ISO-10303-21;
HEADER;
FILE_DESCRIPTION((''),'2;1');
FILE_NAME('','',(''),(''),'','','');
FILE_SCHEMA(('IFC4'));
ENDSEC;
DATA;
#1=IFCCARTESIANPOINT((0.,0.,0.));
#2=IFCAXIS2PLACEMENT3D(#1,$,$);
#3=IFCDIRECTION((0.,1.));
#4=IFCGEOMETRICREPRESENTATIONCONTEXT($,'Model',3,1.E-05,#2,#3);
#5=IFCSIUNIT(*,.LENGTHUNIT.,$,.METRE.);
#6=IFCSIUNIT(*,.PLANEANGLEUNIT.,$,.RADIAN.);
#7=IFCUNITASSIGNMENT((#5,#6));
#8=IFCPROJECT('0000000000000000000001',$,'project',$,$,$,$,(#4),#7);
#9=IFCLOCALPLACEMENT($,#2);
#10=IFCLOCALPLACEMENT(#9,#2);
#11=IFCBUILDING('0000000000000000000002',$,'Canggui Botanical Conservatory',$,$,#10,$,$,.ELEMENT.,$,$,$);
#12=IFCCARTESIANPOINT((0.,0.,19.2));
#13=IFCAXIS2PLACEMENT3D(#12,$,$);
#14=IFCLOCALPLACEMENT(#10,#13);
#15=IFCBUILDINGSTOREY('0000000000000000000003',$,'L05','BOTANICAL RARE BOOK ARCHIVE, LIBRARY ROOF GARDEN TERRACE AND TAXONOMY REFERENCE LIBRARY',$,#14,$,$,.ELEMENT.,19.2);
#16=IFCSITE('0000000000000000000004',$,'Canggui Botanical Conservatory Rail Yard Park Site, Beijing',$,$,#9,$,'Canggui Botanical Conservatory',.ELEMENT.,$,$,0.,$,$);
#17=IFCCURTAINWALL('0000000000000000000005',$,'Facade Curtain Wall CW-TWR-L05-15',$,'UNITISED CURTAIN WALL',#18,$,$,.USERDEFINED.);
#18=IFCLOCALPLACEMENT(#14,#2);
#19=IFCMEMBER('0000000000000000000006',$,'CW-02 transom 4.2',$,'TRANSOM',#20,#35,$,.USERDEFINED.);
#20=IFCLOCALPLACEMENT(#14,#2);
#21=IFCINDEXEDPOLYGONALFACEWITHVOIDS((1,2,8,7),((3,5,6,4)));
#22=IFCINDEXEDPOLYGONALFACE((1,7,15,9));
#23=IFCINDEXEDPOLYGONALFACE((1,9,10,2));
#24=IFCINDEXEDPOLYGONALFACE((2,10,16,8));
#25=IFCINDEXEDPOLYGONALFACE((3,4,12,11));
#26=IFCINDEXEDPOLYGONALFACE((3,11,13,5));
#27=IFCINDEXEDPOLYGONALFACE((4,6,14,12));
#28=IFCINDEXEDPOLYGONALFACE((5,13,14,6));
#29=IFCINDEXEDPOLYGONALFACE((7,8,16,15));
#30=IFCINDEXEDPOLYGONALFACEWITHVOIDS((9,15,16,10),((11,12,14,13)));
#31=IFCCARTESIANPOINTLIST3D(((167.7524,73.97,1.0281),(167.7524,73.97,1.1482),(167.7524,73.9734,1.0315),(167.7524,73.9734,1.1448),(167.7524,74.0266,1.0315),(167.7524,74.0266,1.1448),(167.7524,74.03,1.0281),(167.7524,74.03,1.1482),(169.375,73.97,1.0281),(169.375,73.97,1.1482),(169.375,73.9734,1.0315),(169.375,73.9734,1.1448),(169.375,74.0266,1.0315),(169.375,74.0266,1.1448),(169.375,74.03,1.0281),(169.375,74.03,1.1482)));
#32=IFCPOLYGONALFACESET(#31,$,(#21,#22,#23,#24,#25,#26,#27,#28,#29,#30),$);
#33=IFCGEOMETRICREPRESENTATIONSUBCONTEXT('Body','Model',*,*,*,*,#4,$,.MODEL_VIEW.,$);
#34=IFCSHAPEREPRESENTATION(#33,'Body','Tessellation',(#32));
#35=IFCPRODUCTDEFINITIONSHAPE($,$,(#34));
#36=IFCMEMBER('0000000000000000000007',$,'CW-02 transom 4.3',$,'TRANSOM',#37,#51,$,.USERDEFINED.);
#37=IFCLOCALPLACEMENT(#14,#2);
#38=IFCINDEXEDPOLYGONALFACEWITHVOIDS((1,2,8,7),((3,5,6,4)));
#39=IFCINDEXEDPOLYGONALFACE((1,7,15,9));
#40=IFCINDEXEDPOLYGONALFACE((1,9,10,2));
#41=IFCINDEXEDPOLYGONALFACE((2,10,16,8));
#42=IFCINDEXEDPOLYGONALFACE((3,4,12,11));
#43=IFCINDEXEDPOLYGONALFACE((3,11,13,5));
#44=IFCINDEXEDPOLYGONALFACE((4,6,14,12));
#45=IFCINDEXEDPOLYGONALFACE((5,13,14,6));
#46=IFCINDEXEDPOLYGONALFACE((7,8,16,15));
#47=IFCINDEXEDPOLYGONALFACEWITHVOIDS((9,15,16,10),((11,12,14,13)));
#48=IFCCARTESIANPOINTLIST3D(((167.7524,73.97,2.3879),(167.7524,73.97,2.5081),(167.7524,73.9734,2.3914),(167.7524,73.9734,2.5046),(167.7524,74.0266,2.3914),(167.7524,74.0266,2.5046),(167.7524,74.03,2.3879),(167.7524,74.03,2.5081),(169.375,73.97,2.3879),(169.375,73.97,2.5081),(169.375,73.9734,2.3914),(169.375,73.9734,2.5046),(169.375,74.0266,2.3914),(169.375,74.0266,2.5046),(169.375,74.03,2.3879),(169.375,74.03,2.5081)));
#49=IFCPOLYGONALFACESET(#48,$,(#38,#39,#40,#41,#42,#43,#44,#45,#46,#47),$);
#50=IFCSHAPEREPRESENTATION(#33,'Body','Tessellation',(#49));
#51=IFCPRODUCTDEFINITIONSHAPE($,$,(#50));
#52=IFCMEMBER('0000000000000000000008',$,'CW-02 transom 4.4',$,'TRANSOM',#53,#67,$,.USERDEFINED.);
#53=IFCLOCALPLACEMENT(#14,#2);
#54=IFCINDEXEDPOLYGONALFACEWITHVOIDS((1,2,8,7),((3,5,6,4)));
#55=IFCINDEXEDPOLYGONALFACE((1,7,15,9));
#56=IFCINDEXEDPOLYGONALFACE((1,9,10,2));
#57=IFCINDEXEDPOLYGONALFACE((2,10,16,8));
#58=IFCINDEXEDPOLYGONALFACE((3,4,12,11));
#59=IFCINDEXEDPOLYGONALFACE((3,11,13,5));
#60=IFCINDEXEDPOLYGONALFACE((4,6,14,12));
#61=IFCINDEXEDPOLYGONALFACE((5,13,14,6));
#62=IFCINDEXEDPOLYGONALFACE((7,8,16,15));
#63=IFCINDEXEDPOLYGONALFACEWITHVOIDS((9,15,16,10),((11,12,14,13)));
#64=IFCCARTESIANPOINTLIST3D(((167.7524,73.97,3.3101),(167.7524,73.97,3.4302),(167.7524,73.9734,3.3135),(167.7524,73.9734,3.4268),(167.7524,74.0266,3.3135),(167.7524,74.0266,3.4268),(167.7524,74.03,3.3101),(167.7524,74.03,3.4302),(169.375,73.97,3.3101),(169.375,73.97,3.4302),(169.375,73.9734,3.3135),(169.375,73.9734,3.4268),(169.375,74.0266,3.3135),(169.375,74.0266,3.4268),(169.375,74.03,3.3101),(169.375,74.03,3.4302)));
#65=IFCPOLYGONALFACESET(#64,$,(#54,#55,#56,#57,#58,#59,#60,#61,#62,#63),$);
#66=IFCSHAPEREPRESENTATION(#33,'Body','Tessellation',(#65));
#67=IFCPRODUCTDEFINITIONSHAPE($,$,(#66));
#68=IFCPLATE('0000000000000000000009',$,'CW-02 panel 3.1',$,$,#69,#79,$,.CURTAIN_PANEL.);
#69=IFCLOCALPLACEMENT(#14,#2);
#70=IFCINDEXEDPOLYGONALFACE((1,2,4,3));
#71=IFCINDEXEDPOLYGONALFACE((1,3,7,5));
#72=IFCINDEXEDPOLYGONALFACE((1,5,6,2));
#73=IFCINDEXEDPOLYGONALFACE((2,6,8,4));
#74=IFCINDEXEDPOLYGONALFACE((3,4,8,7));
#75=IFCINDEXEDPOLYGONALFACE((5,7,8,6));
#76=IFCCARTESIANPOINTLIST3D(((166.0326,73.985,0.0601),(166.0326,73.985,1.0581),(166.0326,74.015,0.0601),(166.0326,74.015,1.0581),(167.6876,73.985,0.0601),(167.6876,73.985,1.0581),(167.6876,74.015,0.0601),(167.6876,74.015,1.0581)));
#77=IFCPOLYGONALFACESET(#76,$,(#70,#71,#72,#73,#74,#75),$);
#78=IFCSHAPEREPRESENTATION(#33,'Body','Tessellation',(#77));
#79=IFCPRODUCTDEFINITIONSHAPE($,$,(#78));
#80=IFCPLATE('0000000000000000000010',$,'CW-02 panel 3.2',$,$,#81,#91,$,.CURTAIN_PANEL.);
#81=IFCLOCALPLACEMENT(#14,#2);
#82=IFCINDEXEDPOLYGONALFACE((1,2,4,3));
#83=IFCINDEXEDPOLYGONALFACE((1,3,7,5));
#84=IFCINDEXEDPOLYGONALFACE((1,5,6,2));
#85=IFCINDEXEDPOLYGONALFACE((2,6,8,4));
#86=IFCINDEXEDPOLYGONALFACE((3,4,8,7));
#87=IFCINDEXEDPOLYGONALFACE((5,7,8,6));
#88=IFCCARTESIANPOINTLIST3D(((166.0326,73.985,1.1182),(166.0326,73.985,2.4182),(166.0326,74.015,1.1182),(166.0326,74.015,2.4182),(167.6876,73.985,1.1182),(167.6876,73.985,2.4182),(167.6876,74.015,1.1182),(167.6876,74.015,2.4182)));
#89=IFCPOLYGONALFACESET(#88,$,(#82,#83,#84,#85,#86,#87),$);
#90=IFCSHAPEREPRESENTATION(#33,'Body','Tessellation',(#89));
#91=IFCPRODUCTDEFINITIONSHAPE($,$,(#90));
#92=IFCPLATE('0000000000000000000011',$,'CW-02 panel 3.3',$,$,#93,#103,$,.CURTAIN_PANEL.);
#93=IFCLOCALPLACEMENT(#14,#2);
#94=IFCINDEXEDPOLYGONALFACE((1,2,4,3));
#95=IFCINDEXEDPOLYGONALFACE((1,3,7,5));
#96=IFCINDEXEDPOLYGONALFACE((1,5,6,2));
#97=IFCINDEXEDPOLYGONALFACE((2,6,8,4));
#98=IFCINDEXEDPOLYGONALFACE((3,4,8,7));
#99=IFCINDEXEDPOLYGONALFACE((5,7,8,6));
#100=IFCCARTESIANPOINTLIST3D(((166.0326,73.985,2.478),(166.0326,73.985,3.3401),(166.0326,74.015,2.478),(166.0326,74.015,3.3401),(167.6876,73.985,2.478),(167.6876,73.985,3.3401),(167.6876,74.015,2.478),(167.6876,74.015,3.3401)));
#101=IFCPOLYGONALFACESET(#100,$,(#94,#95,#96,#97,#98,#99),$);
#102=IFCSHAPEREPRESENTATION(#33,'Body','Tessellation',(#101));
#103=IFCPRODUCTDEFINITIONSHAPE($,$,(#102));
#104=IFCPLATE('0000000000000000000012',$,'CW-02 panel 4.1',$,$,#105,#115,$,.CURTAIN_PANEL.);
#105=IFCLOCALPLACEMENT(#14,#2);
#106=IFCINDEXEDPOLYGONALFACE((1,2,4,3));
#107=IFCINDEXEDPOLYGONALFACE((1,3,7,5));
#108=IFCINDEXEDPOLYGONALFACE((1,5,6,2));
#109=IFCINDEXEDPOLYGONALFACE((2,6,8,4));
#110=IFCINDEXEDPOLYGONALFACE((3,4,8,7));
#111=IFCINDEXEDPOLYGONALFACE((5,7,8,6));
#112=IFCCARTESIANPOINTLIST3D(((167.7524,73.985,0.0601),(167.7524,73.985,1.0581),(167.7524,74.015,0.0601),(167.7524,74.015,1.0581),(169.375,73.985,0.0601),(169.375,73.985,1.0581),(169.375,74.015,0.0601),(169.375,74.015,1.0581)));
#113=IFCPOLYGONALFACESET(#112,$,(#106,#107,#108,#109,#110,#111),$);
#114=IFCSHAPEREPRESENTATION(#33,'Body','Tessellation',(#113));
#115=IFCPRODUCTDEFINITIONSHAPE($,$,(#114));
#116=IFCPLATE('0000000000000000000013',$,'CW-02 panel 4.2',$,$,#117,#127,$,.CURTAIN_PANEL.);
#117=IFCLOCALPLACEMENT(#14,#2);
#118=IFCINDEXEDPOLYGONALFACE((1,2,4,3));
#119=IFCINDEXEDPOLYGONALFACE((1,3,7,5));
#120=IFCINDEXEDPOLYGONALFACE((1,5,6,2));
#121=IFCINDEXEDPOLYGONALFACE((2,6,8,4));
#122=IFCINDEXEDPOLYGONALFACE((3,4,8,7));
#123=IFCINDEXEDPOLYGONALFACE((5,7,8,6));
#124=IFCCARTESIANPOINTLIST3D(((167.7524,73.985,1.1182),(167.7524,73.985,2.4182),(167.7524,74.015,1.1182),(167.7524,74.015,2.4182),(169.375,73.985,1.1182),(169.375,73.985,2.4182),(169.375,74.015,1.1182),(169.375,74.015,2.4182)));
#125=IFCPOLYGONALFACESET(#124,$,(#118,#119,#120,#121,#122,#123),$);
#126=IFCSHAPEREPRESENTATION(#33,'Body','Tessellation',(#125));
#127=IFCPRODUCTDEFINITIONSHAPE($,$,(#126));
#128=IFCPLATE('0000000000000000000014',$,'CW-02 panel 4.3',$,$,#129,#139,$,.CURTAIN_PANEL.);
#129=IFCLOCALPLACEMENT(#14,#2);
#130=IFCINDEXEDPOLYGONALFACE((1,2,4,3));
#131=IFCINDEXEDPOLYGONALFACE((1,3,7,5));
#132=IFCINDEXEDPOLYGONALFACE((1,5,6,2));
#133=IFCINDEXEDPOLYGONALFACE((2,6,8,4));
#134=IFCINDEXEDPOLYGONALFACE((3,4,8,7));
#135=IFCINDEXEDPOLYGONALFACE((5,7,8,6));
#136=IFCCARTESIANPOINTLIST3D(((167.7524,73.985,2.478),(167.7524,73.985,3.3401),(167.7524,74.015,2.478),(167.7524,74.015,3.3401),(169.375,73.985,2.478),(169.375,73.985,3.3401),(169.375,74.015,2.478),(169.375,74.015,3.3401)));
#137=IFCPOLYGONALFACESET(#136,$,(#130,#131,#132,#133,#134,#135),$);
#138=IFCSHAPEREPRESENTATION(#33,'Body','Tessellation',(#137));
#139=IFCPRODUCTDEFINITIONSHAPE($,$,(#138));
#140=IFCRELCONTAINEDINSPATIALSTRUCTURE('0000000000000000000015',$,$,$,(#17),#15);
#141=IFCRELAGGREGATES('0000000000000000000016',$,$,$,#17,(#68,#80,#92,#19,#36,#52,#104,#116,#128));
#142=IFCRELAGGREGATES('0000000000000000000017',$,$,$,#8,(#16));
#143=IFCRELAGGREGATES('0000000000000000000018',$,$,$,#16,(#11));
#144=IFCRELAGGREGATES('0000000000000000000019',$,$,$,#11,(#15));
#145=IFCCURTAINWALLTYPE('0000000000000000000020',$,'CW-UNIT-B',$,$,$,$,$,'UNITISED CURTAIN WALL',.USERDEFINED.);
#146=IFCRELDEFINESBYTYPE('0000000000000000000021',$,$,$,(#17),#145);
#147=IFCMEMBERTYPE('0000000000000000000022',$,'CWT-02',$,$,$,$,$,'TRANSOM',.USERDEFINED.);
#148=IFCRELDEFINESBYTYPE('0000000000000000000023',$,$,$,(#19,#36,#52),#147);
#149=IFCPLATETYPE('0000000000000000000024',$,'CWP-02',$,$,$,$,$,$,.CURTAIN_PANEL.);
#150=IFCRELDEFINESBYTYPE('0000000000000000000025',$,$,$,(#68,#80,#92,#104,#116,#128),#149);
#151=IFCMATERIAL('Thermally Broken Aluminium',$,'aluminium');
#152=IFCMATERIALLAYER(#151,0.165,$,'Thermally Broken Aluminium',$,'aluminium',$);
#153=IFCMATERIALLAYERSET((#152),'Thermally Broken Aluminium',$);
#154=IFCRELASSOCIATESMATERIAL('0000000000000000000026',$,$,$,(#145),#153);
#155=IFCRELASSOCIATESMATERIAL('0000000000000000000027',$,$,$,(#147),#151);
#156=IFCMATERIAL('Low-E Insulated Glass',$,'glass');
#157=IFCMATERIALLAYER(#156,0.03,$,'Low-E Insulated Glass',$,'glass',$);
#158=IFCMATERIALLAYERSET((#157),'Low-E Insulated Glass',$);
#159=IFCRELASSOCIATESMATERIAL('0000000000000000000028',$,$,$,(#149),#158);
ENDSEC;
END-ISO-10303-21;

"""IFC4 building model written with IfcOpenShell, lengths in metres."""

from ifc_helpers import new_model, si_unit, direction, frame, origin, origin_2d, place, context, subcontext, project, spatial, rectangle, hollow_rectangle, extrude, material, layer, layer_set, material_profile, profile_set, type_object, element, aggregate, save


model = new_model("IFC4")

# Units and contexts
model_context = context("Model", 3, precision=1e-05, world=origin(), true_north=direction((0.0, 1.0)))
body_context = subcontext(model_context, "Body", "Model", "MODEL_VIEW")
ifc_project = project(units=[si_unit("LENGTHUNIT", "METRE"), si_unit("PLANEANGLEUNIT", "RADIAN")], contexts=[model_context])

# Site, building, storey
site_placement = place(None, origin())
site = spatial("IfcSite", under=ifc_project, at=site_placement, Name="Canggui Botanical Conservatory Rail Yard Park Site, Beijing", LongName="Canggui Botanical Conservatory", CompositionType="ELEMENT", RefElevation=0.0)
building_placement = place(site_placement, origin())
building = spatial("IfcBuilding", under=site, at=building_placement, Name="Canggui Botanical Conservatory", CompositionType="ELEMENT")
storey_placement = place(building_placement, frame((0.0, 0.0, 19.2)))
storey = spatial("IfcBuildingStorey", under=building, at=storey_placement, Name="L05", Description="BOTANICAL RARE BOOK ARCHIVE, LIBRARY ROOF GARDEN TERRACE AND TAXONOMY REFERENCE LIBRARY", CompositionType="ELEMENT", Elevation=19.2)

# Curtain wall, members, plates
ifc_material_1 = material(Name="Thermally Broken Aluminium", Category="aluminium")
ifc_layer_1 = layer(ifc_material_1, 0.165, Name="Thermally Broken Aluminium", Category="aluminium")
ifc_layer_set_1 = layer_set([ifc_layer_1], Name="Thermally Broken Aluminium")
curtain_wall_type = type_object("IfcCurtainWallType", Name="CW-UNIT-B", ElementType="UNITISED CURTAIN WALL", PredefinedType="USERDEFINED", material=ifc_layer_set_1)
curtain_wall_placement = place(storey_placement, origin())
curtain_wall = element("IfcCurtainWall", 1, at=curtain_wall_placement, inside=storey, type_object=curtain_wall_type, Name="Facade Curtain Wall CW-TWR-L05-15", ObjectType="UNITISED CURTAIN WALL", PredefinedType="USERDEFINED")
ifc_material_profile_1 = material_profile(ifc_material_1, hollow_rectangle(XDim=0.0601, YDim=0.1201, WallThickness=0.0034, at=origin_2d()), Name="CWT 60x120x3.5")
ifc_profile_set_1 = profile_set([ifc_material_profile_1], Name="Thermally Broken Aluminium")
member_type_1 = type_object("IfcMemberType", Name="CWT-02", ElementType="TRANSOM", PredefinedType="USERDEFINED", material=ifc_profile_set_1)
member_1_placement = place(storey_placement, frame((167.7524, 74.0, 1.0881), z_axis=(1.0, 0.0, 0.0), x_axis=(0.0, 1.0, 0.0)))
member_1 = element("IfcMember", 2, at=member_1_placement, type_object=member_type_1, Name="CW-02 transom 4.2", ObjectType="TRANSOM", PredefinedType="USERDEFINED", context=body_context, shape_type="SweptSolid", body=[
    extrude(hollow_rectangle(XDim=0.0601, YDim=0.1201, WallThickness=0.0034, at=origin_2d()), origin(), (0.0, 0.0, 1.0), 1.6226),
])
member_2_placement = place(storey_placement, frame((167.7524, 74.0, 2.448), z_axis=(1.0, 0.0, 0.0), x_axis=(0.0, 1.0, 0.0)))
member_2 = element("IfcMember", 3, at=member_2_placement, type_object=member_type_1, Name="CW-02 transom 4.3", ObjectType="TRANSOM", PredefinedType="USERDEFINED", context=body_context, shape_type="SweptSolid", body=[
    extrude(hollow_rectangle(XDim=0.0601, YDim=0.1201, WallThickness=0.0034, at=origin_2d()), origin(), (0.0, 0.0, 1.0), 1.6226),
])
member_3_placement = place(storey_placement, frame((167.7524, 74.0, 3.3701), z_axis=(1.0, 0.0, 0.0), x_axis=(0.0, 1.0, 0.0)))
member_3 = element("IfcMember", 4, at=member_3_placement, type_object=member_type_1, Name="CW-02 transom 4.4", ObjectType="TRANSOM", PredefinedType="USERDEFINED", context=body_context, shape_type="SweptSolid", body=[
    extrude(hollow_rectangle(XDim=0.0601, YDim=0.1201, WallThickness=0.0034, at=origin_2d()), origin(), (0.0, 0.0, 1.0), 1.6226),
])
ifc_material_2 = material(Name="Low-E Insulated Glass", Category="glass")
ifc_layer_2 = layer(ifc_material_2, 0.03, Name="Low-E Insulated Glass", Category="glass")
ifc_layer_set_2 = layer_set([ifc_layer_2], Name="Low-E Insulated Glass")
plate_type = type_object("IfcPlateType", Name="CWP-02", PredefinedType="CURTAIN_PANEL", material=ifc_layer_set_2)
plate_1_placement = place(storey_placement, frame((166.8601, 74.0, 0.0601), z_axis=(0.0, 0.0, 1.0), x_axis=(1.0, 0.0, 0.0)))
plate_1 = element("IfcPlate", 5, at=plate_1_placement, type_object=plate_type, Name="CW-02 panel 3.1", PredefinedType="CURTAIN_PANEL", context=body_context, shape_type="SweptSolid", body=[
    extrude(rectangle(XDim=1.655, YDim=0.03, at=origin_2d()), origin(), (0.0, 0.0, 1.0), 0.998),
])
plate_2_placement = place(storey_placement, frame((166.8601, 74.0, 1.1182), z_axis=(0.0, 0.0, 1.0), x_axis=(1.0, 0.0, 0.0)))
plate_2 = element("IfcPlate", 6, at=plate_2_placement, type_object=plate_type, Name="CW-02 panel 3.2", PredefinedType="CURTAIN_PANEL", context=body_context, shape_type="SweptSolid", body=[
    extrude(rectangle(XDim=1.655, YDim=0.03, at=origin_2d()), origin(), (0.0, 0.0, 1.0), 1.3),
])
plate_3_placement = place(storey_placement, frame((166.8601, 74.0, 2.478), z_axis=(0.0, 0.0, 1.0), x_axis=(1.0, 0.0, 0.0)))
plate_3 = element("IfcPlate", 7, at=plate_3_placement, type_object=plate_type, Name="CW-02 panel 3.3", PredefinedType="CURTAIN_PANEL", context=body_context, shape_type="SweptSolid", body=[
    extrude(rectangle(XDim=1.655, YDim=0.03, at=origin_2d()), origin(), (0.0, 0.0, 1.0), 0.8621),
])
plate_4_placement = place(storey_placement, frame((168.5637, 74.0, 0.0601), z_axis=(0.0, 0.0, 1.0), x_axis=(1.0, 0.0, 0.0)))
plate_4 = element("IfcPlate", 8, at=plate_4_placement, type_object=plate_type, Name="CW-02 panel 4.1", PredefinedType="CURTAIN_PANEL", context=body_context, shape_type="SweptSolid", body=[
    extrude(rectangle(XDim=1.6226, YDim=0.03, at=origin_2d()), origin(), (0.0, 0.0, 1.0), 0.998),
])
plate_5_placement = place(storey_placement, frame((168.5637, 74.0, 1.1182), z_axis=(0.0, 0.0, 1.0), x_axis=(1.0, 0.0, 0.0)))
plate_5 = element("IfcPlate", 9, at=plate_5_placement, type_object=plate_type, Name="CW-02 panel 4.2", PredefinedType="CURTAIN_PANEL", context=body_context, shape_type="SweptSolid", body=[
    extrude(rectangle(XDim=1.6226, YDim=0.03, at=origin_2d()), origin(), (0.0, 0.0, 1.0), 1.3),
])
plate_6_placement = place(storey_placement, frame((168.5637, 74.0, 2.478), z_axis=(0.0, 0.0, 1.0), x_axis=(1.0, 0.0, 0.0)))
plate_6 = element("IfcPlate", 10, at=plate_6_placement, type_object=plate_type, Name="CW-02 panel 4.3", PredefinedType="CURTAIN_PANEL", context=body_context, shape_type="SweptSolid", body=[
    extrude(rectangle(XDim=1.6226, YDim=0.03, at=origin_2d()), origin(), (0.0, 0.0, 1.0), 0.8621),
])
aggregate(curtain_wall, [plate_1, plate_2, plate_3, member_1, member_2, member_3, plate_4, plate_5, plate_6])

save(model, "model.ifc")
